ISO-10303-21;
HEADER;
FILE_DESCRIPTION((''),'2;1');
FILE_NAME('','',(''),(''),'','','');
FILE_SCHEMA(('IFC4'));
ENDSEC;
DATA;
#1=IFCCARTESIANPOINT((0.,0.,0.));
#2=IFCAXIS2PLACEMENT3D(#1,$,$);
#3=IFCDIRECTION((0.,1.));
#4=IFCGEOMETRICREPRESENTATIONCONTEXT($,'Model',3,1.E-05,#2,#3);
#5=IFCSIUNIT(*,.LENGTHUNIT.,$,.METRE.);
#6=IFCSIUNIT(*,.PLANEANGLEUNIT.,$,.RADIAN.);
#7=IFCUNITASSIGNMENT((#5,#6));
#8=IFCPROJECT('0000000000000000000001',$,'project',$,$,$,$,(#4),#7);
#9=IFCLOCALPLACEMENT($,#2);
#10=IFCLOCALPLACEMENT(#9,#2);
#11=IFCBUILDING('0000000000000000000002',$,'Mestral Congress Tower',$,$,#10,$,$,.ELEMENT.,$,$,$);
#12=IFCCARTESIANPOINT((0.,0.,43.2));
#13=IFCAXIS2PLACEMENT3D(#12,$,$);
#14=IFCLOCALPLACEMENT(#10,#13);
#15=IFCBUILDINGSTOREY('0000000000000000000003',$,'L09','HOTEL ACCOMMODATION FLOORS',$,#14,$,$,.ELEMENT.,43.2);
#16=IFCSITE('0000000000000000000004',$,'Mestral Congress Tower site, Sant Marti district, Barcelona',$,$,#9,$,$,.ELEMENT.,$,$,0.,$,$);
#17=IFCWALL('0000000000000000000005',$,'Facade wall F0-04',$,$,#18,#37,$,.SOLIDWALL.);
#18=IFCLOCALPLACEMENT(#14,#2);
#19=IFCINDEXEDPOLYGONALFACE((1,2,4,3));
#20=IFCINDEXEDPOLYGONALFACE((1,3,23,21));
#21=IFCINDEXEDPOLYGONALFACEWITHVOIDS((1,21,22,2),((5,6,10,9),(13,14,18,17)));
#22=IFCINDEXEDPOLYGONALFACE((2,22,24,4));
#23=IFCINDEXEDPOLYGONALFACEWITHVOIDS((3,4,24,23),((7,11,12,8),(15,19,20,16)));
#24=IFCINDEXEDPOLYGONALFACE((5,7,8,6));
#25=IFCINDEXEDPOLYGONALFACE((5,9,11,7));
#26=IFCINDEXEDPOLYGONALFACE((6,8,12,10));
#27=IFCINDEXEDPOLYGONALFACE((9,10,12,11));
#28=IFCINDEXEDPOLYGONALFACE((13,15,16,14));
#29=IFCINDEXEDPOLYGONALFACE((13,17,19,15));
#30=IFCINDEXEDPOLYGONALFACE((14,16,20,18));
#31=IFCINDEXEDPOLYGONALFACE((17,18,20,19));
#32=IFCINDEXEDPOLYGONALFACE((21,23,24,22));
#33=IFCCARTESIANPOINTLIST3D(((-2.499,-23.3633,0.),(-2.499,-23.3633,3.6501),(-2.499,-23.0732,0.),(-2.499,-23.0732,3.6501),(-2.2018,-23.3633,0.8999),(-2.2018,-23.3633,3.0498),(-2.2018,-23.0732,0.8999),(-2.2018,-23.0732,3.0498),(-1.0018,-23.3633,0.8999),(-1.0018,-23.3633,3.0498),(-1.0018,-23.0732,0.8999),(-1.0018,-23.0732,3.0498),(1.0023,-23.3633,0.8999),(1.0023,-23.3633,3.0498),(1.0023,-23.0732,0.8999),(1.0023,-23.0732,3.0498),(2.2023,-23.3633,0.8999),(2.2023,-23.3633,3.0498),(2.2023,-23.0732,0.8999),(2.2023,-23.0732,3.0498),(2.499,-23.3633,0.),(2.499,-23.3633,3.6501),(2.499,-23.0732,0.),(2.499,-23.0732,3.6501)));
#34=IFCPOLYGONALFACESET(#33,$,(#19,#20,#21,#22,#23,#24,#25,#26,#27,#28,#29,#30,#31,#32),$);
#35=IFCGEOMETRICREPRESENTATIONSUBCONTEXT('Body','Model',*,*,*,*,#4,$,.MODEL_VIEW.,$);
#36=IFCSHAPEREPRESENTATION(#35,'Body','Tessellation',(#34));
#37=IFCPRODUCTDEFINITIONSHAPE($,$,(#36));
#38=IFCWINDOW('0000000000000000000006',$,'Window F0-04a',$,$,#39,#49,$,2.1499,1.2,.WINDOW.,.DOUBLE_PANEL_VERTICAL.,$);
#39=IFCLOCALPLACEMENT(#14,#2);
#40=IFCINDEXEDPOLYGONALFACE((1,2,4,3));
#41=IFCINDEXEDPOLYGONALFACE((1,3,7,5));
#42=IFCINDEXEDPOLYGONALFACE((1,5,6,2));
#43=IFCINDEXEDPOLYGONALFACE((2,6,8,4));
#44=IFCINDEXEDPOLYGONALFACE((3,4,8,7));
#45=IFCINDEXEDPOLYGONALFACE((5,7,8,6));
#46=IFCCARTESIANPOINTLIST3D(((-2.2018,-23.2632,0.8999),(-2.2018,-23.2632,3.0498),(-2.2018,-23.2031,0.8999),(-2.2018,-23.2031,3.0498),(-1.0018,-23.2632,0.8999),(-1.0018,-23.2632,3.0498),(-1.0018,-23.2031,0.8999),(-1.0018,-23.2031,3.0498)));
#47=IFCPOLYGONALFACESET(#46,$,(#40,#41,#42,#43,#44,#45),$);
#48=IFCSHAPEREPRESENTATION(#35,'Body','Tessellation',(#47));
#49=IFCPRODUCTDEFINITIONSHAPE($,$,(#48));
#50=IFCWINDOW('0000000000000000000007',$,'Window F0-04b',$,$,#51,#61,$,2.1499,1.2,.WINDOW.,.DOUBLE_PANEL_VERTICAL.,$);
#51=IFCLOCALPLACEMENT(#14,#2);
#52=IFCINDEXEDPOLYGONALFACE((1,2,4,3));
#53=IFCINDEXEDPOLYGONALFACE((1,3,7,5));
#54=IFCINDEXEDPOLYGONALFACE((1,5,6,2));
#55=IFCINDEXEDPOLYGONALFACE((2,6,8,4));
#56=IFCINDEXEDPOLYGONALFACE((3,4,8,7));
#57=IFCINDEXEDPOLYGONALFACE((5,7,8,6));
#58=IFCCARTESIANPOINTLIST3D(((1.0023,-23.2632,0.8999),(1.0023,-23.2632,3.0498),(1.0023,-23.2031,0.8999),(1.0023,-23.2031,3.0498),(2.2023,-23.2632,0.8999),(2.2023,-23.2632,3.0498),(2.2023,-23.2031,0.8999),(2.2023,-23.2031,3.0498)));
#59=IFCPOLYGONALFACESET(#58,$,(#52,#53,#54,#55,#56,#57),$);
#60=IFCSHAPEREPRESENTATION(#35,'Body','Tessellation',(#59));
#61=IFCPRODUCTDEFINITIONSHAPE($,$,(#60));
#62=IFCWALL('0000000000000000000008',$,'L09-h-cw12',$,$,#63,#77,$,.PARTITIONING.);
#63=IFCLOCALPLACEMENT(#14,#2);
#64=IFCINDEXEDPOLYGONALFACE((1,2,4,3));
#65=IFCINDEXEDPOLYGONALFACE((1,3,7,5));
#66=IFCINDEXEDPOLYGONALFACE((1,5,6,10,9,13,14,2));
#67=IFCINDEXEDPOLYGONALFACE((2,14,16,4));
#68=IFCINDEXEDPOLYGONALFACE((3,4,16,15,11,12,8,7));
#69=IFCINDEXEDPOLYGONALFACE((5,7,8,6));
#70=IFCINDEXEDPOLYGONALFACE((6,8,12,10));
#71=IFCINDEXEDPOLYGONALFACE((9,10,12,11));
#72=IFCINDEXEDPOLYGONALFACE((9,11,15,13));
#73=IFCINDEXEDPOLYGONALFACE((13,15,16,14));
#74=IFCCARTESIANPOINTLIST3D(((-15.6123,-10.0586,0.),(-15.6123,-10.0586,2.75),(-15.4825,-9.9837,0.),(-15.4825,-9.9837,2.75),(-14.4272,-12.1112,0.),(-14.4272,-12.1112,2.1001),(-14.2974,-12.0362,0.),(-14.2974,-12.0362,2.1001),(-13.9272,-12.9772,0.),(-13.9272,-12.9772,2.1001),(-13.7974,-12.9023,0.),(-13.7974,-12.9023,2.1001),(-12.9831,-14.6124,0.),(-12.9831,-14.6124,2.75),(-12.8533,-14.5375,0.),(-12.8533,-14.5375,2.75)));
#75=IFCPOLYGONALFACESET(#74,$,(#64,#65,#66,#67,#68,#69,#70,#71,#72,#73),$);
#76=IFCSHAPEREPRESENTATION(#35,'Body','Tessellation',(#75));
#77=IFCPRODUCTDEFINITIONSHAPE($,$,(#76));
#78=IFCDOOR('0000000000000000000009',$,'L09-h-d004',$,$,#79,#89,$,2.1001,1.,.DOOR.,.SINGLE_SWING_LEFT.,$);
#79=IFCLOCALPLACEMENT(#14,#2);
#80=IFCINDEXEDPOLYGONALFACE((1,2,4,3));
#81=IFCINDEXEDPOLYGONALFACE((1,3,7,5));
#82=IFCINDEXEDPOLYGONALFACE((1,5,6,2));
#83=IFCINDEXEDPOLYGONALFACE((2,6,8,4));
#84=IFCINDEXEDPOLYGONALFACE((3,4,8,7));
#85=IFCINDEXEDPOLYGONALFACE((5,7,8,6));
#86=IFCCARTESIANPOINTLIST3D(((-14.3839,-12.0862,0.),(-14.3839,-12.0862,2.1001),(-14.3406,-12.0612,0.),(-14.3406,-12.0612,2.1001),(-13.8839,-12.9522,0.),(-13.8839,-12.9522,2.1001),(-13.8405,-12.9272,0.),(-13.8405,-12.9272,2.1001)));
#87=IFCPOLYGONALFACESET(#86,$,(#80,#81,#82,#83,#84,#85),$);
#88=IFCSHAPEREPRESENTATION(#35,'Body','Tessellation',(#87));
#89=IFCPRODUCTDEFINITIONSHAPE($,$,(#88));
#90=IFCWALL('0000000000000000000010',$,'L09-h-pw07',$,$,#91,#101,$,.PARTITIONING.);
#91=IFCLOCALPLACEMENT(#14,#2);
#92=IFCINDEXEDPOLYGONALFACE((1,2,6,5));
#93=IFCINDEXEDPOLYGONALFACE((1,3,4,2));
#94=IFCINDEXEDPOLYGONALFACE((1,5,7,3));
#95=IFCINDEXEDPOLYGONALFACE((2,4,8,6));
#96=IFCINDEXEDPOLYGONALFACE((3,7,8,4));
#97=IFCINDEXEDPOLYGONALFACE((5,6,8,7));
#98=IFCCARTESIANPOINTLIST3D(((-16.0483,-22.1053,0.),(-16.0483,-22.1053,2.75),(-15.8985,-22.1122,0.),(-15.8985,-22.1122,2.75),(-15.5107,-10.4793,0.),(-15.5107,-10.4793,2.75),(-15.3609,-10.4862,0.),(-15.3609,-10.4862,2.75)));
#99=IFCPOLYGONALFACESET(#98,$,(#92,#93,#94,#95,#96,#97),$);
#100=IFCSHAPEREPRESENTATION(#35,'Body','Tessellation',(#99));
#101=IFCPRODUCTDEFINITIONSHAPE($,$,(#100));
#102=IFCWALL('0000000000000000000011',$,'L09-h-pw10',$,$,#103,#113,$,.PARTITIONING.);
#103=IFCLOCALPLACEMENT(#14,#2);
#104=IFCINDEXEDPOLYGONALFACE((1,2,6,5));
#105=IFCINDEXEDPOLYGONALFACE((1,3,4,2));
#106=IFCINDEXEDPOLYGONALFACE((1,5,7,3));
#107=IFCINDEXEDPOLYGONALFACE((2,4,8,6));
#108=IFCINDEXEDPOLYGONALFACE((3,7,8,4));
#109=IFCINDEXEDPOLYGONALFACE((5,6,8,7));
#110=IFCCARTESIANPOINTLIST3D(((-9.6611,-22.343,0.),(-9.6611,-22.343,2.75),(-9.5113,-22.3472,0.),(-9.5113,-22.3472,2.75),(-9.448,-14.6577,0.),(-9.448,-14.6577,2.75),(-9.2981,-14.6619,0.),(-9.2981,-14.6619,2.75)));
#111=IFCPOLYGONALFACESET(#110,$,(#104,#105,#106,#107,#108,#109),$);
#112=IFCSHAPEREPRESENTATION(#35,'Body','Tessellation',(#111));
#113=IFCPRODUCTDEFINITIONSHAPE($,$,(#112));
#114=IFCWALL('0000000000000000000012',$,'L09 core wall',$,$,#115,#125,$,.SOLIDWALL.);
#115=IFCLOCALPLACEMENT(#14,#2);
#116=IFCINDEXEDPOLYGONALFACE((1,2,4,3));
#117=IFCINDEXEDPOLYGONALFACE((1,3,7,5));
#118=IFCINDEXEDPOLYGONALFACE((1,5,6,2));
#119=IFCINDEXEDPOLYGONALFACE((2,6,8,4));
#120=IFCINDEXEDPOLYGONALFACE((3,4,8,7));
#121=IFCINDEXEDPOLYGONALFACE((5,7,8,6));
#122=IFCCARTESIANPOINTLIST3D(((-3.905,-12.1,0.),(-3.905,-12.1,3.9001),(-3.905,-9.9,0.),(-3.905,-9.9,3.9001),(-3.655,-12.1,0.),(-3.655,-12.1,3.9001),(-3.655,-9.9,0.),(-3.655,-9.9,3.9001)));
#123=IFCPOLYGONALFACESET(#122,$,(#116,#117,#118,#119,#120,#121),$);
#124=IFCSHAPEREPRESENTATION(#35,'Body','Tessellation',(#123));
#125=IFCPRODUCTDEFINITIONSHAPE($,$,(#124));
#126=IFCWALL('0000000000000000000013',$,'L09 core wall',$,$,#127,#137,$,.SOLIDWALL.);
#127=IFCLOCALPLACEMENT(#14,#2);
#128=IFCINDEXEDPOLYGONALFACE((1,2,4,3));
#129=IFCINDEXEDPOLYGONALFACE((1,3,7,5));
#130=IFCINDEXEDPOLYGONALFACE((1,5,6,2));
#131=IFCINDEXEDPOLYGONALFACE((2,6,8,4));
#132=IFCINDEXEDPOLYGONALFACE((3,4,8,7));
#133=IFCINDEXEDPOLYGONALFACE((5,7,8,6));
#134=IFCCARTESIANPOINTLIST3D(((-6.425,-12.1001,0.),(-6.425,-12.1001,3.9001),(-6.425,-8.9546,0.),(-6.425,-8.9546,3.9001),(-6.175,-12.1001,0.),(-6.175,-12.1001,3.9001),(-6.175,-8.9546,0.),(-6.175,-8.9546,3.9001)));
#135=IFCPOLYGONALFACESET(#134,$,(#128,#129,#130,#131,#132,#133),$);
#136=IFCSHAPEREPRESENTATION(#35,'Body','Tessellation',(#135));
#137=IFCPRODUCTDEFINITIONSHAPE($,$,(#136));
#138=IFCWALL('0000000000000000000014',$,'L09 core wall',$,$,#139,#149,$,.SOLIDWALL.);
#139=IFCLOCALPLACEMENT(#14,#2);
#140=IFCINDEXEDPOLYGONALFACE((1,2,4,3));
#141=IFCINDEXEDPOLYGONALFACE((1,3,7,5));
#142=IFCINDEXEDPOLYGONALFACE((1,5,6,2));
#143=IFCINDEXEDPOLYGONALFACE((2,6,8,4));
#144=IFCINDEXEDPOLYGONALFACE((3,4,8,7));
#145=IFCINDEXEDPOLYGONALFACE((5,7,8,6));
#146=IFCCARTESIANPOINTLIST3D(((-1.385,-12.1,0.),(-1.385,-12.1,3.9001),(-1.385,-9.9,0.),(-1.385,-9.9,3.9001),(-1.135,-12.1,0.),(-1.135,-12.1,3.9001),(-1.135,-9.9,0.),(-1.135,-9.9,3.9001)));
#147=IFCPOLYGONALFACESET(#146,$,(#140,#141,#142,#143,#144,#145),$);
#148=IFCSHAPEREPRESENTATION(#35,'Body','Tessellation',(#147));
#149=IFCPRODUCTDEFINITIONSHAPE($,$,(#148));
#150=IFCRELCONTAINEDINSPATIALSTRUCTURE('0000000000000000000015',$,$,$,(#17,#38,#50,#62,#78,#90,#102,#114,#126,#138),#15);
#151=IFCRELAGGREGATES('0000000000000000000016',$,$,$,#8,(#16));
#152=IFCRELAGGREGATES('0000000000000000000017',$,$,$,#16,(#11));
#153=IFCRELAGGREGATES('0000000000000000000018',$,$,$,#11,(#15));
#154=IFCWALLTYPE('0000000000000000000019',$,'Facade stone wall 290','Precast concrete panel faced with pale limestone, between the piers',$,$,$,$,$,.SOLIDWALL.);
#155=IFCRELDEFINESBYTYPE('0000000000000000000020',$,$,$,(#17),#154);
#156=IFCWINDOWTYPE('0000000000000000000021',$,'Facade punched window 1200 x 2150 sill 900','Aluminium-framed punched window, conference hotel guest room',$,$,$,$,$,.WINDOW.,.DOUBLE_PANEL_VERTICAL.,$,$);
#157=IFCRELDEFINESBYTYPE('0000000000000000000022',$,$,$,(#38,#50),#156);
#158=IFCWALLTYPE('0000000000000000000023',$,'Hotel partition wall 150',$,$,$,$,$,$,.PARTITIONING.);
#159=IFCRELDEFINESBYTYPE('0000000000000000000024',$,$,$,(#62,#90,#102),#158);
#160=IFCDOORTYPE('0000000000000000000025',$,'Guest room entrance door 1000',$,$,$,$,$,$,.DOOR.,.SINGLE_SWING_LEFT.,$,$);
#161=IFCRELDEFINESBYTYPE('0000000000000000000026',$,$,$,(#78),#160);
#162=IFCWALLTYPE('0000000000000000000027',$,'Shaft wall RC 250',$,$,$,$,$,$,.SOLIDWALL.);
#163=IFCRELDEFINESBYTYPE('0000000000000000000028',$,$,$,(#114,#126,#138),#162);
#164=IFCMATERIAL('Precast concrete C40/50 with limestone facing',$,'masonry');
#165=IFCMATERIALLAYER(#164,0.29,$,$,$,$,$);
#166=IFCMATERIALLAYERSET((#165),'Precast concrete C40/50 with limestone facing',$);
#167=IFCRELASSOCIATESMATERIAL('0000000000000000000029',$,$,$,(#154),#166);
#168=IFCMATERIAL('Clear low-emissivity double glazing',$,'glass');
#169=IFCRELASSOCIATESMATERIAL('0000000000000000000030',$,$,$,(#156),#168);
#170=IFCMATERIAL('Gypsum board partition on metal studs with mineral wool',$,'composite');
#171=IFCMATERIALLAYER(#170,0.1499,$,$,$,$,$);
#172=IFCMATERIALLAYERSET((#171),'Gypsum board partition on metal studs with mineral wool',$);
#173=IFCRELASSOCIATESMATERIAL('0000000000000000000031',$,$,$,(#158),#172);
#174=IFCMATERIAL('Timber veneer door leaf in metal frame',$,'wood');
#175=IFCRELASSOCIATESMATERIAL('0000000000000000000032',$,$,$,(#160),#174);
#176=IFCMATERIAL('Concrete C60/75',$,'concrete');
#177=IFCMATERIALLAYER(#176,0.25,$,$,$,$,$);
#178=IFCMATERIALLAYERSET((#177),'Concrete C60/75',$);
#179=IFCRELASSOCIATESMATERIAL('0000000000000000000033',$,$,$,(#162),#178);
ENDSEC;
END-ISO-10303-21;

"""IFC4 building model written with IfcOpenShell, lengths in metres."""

from ifc_helpers import new_model, si_unit, direction, frame, frame_2d, origin, place, context, subcontext, project, spatial, rectangle, extrude, material, layer, layer_set, type_object, element, fill, save


model = new_model("IFC4")

# Units and contexts
model_context = context("Model", 3, precision=1e-05, world=origin(), true_north=direction((0.0, 1.0)))
body_context = subcontext(model_context, "Body", "Model", "MODEL_VIEW")
ifc_project = project(units=[si_unit("LENGTHUNIT", "METRE"), si_unit("PLANEANGLEUNIT", "RADIAN")], contexts=[model_context])

# Site, building, storey
site_placement = place(None, origin())
site = spatial("IfcSite", under=ifc_project, at=site_placement, Name="Mestral Congress Tower site, Sant Marti district, Barcelona", CompositionType="ELEMENT", RefElevation=0.0)
building_placement = place(site_placement, origin())
building = spatial("IfcBuilding", under=site, at=building_placement, Name="Mestral Congress Tower", CompositionType="ELEMENT")
storey_placement = place(building_placement, frame((0.0, 0.0, 43.2)))
storey = spatial("IfcBuildingStorey", under=building, at=storey_placement, Name="L09", Description="HOTEL ACCOMMODATION FLOORS", CompositionType="ELEMENT", Elevation=43.2)

# Shared definitions
ifc_material_1 = material(Name="Concrete C60/75", Category="concrete")

# Wall, openings, windows
ifc_material_2 = material(Name="Precast concrete C40/50 with limestone facing", Category="masonry")
ifc_layer_1 = layer(ifc_material_2, 0.29)
ifc_layer_set_1 = layer_set([ifc_layer_1], Name="Precast concrete C40/50 with limestone facing")
wall_type_1 = type_object("IfcWallType", Name="Facade stone wall 290", Description="Precast concrete panel faced with pale limestone, between the piers", PredefinedType="SOLIDWALL", material=ifc_layer_set_1)
ifc_material_3 = material(Name="Clear low-emissivity double glazing", Category="glass")
window_type = type_object("IfcWindowType", Name="Facade punched window 1200 x 2150 sill 900", Description="Aluminium-framed punched window, conference hotel guest room", PartitioningType="DOUBLE_PANEL_VERTICAL", PredefinedType="WINDOW", material=ifc_material_3)
wall_1_placement = place(storey_placement, frame((-2.499, -23.2183, 0.0), z_axis=(0.0, 0.0, 1.0), x_axis=(1.0, 0.0, 0.0)))
wall_1 = element("IfcWall", 1, at=wall_1_placement, inside=storey, type_object=wall_type_1, Name="Facade wall F0-04", PredefinedType="SOLIDWALL", context=body_context, shape_type="SweptSolid", body=[
    extrude(rectangle(XDim=4.998, YDim=0.29, at=frame_2d((2.499, 0.0))), origin(), (0.0, 0.0, 1.0), 3.6501),
])
opening_1_placement = place(wall_1_placement, frame((0.2971, 0.0, 0.8999)))
opening_1 = element("IfcOpeningElement", 2, at=opening_1_placement, cuts=wall_1, PredefinedType="OPENING", context=body_context, shape_type="SweptSolid", body=[
    extrude(rectangle(XDim=1.2, YDim=2.1499, at=frame_2d((0.6001, 1.075))), frame((0.0, 0.155, 0.0), z_axis=(0.0, -1.0, 0.0), x_axis=(1.0, 0.0, 0.0)), (0.0, 0.0, 1.0), 0.3101),
])
opening_2_placement = place(wall_1_placement, frame((3.5012, 0.0, 0.8999)))
opening_2 = element("IfcOpeningElement", 3, at=opening_2_placement, cuts=wall_1, PredefinedType="OPENING", context=body_context, shape_type="SweptSolid", body=[
    extrude(rectangle(XDim=1.2, YDim=2.1499, at=frame_2d((0.6001, 1.075))), frame((0.0, 0.155, 0.0), z_axis=(0.0, -1.0, 0.0), x_axis=(1.0, 0.0, 0.0)), (0.0, 0.0, 1.0), 0.3101),
])
window_1_placement = place(opening_1_placement, origin())
window_1 = element("IfcWindow", 4, at=window_1_placement, inside=storey, type_object=window_type, Name="Window F0-04a", OverallHeight=2.1499, OverallWidth=1.2, PartitioningType="DOUBLE_PANEL_VERTICAL", PredefinedType="WINDOW", context=body_context, shape_type="SweptSolid", body=[
    extrude(rectangle(XDim=1.2, YDim=2.1499, at=frame_2d((0.6001, 1.075))), frame((0.0, 0.0151, 0.0), z_axis=(0.0, -1.0, 0.0), x_axis=(1.0, 0.0, 0.0)), (0.0, 0.0, 1.0), 0.0601),
])
fill(opening_1, window_1)
window_2_placement = place(opening_2_placement, origin())
window_2 = element("IfcWindow", 5, at=window_2_placement, inside=storey, type_object=window_type, Name="Window F0-04b", OverallHeight=2.1499, OverallWidth=1.2, PartitioningType="DOUBLE_PANEL_VERTICAL", PredefinedType="WINDOW", context=body_context, shape_type="SweptSolid", body=[
    extrude(rectangle(XDim=1.2, YDim=2.1499, at=frame_2d((0.6001, 1.075))), frame((0.0, 0.0151, 0.0), z_axis=(0.0, -1.0, 0.0), x_axis=(1.0, 0.0, 0.0)), (0.0, 0.0, 1.0), 0.0601),
])
fill(opening_2, window_2)

# Wall, opening, door
ifc_material_4 = material(Name="Gypsum board partition on metal studs with mineral wool", Category="composite")
ifc_layer_2 = layer(ifc_material_4, 0.1499)
ifc_layer_set_2 = layer_set([ifc_layer_2], Name="Gypsum board partition on metal studs with mineral wool")
wall_type_2 = type_object("IfcWallType", Name="Hotel partition wall 150", PredefinedType="PARTITIONING", material=ifc_layer_set_2)
wall_2_placement = place(storey_placement, frame((-12.9182, -14.575, 0.0), z_axis=(0.0, 0.0, 1.0), x_axis=(-0.500009, 0.86602, 0.0)))
wall_2 = element("IfcWall", 6, at=wall_2_placement, inside=storey, type_object=wall_type_2, Name="L09-h-cw12", PredefinedType="PARTITIONING", context=body_context, shape_type="SweptSolid", body=[
    extrude(rectangle(XDim=5.2583, YDim=0.1499, at=frame_2d((2.6292, 0.0))), origin(), (0.0, 0.0, 1.0), 2.75),
])
opening_3_placement = place(wall_2_placement, frame((1.8882, 0.0, 0.0)))
opening_3 = element("IfcOpeningElement", 7, at=opening_3_placement, cuts=wall_2, PredefinedType="OPENING", context=body_context, shape_type="SweptSolid", body=[
    extrude(rectangle(XDim=1.0, YDim=2.1001, at=frame_2d((0.5, 1.05))), frame((0.0, 0.085, 0.0), z_axis=(0.0, -1.0, 0.0), x_axis=(1.0, 0.0, 0.0)), (0.0, 0.0, 1.0), 0.1699),
])
ifc_material_5 = material(Name="Timber veneer door leaf in metal frame", Category="wood")
door_type = type_object("IfcDoorType", Name="Guest room entrance door 1000", OperationType="SINGLE_SWING_LEFT", PredefinedType="DOOR", material=ifc_material_5)
door_placement = place(opening_3_placement, origin())
door = element("IfcDoor", 8, at=door_placement, inside=storey, type_object=door_type, Name="L09-h-d004", OperationType="SINGLE_SWING_LEFT", OverallHeight=2.1001, OverallWidth=1.0, PredefinedType="DOOR", context=body_context, shape_type="SweptSolid", body=[
    extrude(rectangle(XDim=1.0, YDim=2.1001, at=frame_2d((0.5, 1.05))), frame((0.0, 0.0249, 0.0), z_axis=(0.0, -1.0, 0.0), x_axis=(1.0, 0.0, 0.0)), (0.0, 0.0, 1.0), 0.05),
])
fill(opening_3, door)

# Walls
wall_3_placement = place(storey_placement, frame((-15.9734, -22.1089, 0.0), z_axis=(0.0, 0.0, 1.0), x_axis=(0.046192, 0.998933, 0.0)))
element("IfcWall", 9, at=wall_3_placement, inside=storey, type_object=wall_type_2, Name="L09-h-pw07", PredefinedType="PARTITIONING", context=body_context, shape_type="SweptSolid", body=[
    extrude(rectangle(XDim=11.6384, YDim=0.1499, at=frame_2d((5.8193, 0.0))), origin(), (0.0, 0.0, 1.0), 2.75),
])
wall_4_placement = place(storey_placement, frame((-9.5862, -22.3452, 0.0), z_axis=(0.0, 0.0, 1.0), x_axis=(0.027722, 0.999616, 0.0)))
element("IfcWall", 10, at=wall_4_placement, inside=storey, type_object=wall_type_2, Name="L09-h-pw10", PredefinedType="PARTITIONING", context=body_context, shape_type="SweptSolid", body=[
    extrude(rectangle(XDim=7.6882, YDim=0.1499, at=frame_2d((3.8442, 0.0))), origin(), (0.0, 0.0, 1.0), 2.75),
])
ifc_layer_3 = layer(ifc_material_1, 0.25)
ifc_layer_set_3 = layer_set([ifc_layer_3], Name="Concrete C60/75")
wall_type_3 = type_object("IfcWallType", Name="Shaft wall RC 250", PredefinedType="SOLIDWALL", material=ifc_layer_set_3)
wall_5_placement = place(storey_placement, frame((-3.78, -12.1001, 0.0), z_axis=(0.0, 0.0, 1.0), x_axis=(0.0, 1.0, 0.0)))
element("IfcWall", 11, at=wall_5_placement, inside=storey, type_object=wall_type_3, Name="L09 core wall", PredefinedType="SOLIDWALL", context=body_context, shape_type="SweptSolid", body=[
    extrude(rectangle(XDim=2.2, YDim=0.25, at=frame_2d((1.1001, 0.0))), origin(), (0.0, 0.0, 1.0), 3.9001),
])
wall_6_placement = place(storey_placement, frame((-6.3, -12.1001, 0.0), z_axis=(0.0, 0.0, 1.0), x_axis=(0.0, 1.0, 0.0)))
element("IfcWall", 12, at=wall_6_placement, inside=storey, type_object=wall_type_3, Name="L09 core wall", PredefinedType="SOLIDWALL", context=body_context, shape_type="SweptSolid", body=[
    extrude(rectangle(XDim=3.1455, YDim=0.25, at=frame_2d((1.5728, 0.0))), origin(), (0.0, 0.0, 1.0), 3.9001),
])
wall_7_placement = place(storey_placement, frame((-1.26, -12.1001, 0.0), z_axis=(0.0, 0.0, 1.0), x_axis=(0.0, 1.0, 0.0)))
element("IfcWall", 13, at=wall_7_placement, inside=storey, type_object=wall_type_3, Name="L09 core wall", PredefinedType="SOLIDWALL", context=body_context, shape_type="SweptSolid", body=[
    extrude(rectangle(XDim=2.2, YDim=0.25, at=frame_2d((1.1001, 0.0))), origin(), (0.0, 0.0, 1.0), 3.9001),
])

save(model, "model.ifc")
